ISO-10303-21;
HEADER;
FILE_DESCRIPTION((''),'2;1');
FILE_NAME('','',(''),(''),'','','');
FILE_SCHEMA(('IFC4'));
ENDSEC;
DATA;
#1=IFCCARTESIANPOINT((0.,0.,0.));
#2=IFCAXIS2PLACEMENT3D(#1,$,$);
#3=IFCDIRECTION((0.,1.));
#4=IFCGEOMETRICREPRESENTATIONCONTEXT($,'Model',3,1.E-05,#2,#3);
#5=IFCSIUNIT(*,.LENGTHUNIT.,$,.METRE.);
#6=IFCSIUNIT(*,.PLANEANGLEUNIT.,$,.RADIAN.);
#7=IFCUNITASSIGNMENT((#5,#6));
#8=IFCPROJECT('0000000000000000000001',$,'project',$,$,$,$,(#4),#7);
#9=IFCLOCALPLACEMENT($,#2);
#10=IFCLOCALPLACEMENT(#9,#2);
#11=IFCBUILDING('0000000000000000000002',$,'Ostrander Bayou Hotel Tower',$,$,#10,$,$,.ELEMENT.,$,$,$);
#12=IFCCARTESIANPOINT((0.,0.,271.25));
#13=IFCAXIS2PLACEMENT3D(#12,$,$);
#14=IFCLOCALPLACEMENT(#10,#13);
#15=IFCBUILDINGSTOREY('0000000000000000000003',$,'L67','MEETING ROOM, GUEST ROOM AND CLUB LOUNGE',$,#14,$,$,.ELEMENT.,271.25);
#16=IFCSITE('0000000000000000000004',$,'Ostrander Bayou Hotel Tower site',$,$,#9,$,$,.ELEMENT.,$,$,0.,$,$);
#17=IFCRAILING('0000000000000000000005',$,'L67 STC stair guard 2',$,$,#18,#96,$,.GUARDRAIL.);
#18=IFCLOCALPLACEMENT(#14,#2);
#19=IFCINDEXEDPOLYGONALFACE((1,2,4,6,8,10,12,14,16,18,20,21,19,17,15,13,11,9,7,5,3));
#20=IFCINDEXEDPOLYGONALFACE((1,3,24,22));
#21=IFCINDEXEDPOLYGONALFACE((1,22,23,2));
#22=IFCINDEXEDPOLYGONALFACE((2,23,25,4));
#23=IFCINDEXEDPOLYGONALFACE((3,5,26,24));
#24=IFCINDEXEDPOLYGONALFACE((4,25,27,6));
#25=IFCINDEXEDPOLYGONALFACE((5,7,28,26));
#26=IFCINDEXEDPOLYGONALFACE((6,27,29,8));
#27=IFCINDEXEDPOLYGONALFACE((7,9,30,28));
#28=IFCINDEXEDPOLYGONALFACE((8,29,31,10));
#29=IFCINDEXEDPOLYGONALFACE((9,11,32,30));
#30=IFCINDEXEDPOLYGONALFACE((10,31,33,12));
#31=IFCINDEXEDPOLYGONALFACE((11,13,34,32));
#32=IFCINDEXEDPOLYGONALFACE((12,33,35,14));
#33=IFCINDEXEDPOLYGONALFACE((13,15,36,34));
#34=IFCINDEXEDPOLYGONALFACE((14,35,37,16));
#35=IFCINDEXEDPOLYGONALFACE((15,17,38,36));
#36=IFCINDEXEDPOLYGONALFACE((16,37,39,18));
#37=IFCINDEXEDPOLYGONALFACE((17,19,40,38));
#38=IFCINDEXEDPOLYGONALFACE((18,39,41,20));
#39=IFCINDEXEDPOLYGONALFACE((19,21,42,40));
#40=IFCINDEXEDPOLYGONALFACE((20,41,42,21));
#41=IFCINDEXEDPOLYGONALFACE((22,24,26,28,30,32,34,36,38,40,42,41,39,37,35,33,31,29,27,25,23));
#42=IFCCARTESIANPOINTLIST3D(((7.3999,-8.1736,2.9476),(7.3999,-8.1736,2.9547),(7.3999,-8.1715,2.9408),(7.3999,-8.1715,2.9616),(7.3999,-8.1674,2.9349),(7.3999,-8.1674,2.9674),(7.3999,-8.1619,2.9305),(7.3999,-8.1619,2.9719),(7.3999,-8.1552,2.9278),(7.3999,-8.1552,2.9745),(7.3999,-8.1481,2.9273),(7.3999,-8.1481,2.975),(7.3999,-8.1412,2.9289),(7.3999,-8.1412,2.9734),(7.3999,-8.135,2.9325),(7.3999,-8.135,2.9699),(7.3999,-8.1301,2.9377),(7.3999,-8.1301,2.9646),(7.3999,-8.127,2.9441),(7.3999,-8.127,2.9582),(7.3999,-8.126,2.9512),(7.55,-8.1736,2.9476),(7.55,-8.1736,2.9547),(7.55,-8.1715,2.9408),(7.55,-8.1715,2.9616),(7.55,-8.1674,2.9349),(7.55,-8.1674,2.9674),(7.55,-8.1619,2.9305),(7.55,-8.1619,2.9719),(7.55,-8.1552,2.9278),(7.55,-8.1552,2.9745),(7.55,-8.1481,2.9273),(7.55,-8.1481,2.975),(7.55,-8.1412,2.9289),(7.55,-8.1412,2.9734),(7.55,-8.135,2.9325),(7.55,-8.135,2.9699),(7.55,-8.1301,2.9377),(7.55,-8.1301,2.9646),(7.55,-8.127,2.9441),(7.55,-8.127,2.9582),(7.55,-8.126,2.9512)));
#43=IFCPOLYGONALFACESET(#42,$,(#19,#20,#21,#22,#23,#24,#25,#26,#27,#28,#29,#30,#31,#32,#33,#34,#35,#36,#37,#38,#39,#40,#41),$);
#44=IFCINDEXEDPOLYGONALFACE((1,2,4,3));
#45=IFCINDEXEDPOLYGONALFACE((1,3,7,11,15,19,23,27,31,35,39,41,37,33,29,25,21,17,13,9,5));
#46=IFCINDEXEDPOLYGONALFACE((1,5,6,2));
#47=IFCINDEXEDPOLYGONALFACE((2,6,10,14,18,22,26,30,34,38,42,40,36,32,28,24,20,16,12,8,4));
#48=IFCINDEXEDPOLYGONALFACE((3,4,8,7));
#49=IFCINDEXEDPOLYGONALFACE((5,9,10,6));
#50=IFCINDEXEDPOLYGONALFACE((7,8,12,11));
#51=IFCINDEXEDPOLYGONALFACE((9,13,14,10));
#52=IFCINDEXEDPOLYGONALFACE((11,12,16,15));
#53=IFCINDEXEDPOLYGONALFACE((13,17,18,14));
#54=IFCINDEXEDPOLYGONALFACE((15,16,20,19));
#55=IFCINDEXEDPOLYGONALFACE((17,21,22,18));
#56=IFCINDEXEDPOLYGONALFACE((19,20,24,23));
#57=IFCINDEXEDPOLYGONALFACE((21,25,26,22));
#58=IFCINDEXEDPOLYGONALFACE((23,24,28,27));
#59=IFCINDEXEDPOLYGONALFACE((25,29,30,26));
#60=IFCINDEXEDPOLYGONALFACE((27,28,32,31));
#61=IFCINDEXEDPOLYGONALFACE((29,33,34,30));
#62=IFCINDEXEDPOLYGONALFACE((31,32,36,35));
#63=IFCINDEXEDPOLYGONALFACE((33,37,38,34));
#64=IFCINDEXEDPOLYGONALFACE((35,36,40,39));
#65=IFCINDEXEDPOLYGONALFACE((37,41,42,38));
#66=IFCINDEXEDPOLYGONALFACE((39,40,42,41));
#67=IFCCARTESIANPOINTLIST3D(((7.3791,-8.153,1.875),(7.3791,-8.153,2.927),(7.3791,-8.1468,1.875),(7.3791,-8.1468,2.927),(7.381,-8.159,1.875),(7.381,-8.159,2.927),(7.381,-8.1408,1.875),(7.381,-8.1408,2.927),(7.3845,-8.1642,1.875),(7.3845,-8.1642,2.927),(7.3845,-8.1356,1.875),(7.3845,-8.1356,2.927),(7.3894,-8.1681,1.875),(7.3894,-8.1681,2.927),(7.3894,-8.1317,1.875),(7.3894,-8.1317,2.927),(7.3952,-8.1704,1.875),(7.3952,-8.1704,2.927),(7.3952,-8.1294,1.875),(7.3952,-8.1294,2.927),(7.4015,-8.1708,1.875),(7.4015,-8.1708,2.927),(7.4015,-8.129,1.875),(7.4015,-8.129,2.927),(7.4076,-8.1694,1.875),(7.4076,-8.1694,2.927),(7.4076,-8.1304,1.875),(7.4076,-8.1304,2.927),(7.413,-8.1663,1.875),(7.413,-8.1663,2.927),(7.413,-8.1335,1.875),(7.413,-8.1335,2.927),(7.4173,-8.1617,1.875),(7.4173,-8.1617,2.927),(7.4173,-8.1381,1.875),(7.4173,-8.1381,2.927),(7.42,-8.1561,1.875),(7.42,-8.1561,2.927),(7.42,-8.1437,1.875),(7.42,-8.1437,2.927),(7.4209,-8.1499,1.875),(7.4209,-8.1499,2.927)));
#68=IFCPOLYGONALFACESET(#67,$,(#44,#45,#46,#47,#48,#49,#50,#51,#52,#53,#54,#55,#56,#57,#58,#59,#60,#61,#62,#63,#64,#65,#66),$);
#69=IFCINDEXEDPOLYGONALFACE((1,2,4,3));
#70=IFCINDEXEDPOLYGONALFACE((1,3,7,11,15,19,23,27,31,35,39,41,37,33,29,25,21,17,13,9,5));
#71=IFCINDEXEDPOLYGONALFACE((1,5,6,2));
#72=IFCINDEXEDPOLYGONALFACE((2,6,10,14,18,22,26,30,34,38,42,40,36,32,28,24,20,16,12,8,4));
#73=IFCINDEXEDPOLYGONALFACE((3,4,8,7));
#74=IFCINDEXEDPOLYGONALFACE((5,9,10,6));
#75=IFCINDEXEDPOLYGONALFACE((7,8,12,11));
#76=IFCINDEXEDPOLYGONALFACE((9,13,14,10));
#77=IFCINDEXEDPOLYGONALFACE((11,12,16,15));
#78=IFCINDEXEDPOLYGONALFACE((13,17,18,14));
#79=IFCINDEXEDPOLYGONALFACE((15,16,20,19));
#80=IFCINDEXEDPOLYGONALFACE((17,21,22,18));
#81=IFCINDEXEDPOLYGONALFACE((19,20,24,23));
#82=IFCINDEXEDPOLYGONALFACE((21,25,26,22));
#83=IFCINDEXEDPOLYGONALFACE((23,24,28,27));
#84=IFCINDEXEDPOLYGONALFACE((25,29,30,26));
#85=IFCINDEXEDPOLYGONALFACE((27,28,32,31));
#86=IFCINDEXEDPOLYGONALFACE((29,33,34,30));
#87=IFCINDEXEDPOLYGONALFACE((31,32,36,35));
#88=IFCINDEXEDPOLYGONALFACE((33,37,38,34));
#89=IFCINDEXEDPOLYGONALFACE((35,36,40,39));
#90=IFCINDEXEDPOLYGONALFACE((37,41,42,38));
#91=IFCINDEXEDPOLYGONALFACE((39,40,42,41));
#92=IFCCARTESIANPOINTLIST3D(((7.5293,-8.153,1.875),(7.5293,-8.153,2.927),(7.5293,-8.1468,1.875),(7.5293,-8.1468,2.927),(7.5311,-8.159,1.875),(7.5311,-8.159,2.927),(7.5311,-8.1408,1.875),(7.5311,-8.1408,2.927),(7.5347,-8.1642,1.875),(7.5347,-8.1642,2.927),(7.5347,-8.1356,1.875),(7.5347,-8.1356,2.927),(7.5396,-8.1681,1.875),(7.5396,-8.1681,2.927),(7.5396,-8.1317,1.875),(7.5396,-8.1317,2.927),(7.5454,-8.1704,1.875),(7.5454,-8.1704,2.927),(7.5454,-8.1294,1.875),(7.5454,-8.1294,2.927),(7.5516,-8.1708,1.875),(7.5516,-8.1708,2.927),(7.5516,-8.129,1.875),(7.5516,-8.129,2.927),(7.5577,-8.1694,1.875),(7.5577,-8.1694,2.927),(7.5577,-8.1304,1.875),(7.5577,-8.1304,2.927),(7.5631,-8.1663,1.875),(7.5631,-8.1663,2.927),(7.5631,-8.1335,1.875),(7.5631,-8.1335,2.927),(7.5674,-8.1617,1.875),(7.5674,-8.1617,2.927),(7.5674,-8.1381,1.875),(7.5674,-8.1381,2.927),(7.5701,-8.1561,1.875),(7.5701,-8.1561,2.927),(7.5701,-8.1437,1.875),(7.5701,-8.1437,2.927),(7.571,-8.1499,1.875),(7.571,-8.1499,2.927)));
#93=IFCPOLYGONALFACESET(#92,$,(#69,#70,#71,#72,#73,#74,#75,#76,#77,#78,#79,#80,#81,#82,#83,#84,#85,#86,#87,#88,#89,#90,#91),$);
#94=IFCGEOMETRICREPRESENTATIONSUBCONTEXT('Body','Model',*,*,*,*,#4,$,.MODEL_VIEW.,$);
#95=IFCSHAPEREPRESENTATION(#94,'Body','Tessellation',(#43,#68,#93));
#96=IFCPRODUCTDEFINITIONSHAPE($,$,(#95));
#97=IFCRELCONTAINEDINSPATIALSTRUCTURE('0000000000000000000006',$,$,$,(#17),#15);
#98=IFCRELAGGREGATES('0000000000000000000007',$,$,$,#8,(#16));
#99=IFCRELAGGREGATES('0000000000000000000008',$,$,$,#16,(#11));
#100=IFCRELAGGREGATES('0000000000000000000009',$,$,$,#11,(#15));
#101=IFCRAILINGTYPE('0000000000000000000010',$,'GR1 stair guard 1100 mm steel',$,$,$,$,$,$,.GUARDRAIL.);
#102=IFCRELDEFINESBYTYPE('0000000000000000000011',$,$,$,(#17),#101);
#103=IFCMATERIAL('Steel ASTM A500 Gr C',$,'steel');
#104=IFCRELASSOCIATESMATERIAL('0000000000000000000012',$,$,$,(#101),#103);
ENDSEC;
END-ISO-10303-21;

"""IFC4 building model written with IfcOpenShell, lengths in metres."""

from ifc_helpers import new_model, si_unit, direction, frame, origin, origin_2d, place, context, subcontext, project, spatial, circle, extrude, material, type_object, element, save


model = new_model("IFC4")

# Units and contexts
model_context = context("Model", 3, precision=1e-05, world=origin(), true_north=direction((0.0, 1.0)))
body_context = subcontext(model_context, "Body", "Model", "MODEL_VIEW")
ifc_project = project(units=[si_unit("LENGTHUNIT", "METRE"), si_unit("PLANEANGLEUNIT", "RADIAN")], contexts=[model_context])

# Site, building, storey
site_placement = place(None, origin())
site = spatial("IfcSite", under=ifc_project, at=site_placement, Name="Ostrander Bayou Hotel Tower site", CompositionType="ELEMENT", RefElevation=0.0)
building_placement = place(site_placement, origin())
building = spatial("IfcBuilding", under=site, at=building_placement, Name="Ostrander Bayou Hotel Tower", CompositionType="ELEMENT")
storey_placement = place(building_placement, frame((0.0, 0.0, 271.25)))
storey = spatial("IfcBuildingStorey", under=building, at=storey_placement, Name="L67", Description="MEETING ROOM, GUEST ROOM AND CLUB LOUNGE", CompositionType="ELEMENT", Elevation=271.25)

# Railing
ifc_material_1 = material(Name="Steel ASTM A500 Gr C", Category="steel")
railing_type_1 = type_object("IfcRailingType", Name="GR1 stair guard 1100 mm steel", PredefinedType="GUARDRAIL", material=ifc_material_1)
railing_1_placement = place(storey_placement, frame((7.3999, -8.1499, 1.875)))
element("IfcRailing", 1, at=railing_1_placement, inside=storey, type_object=railing_type_1, Name="L67 STC stair guard 2", PredefinedType="GUARDRAIL", context=body_context, shape_type="SweptSolid", body=[
    extrude(circle(Radius=0.0239, at=origin_2d()), frame((0.0, 0.0, 1.0762), z_axis=(1.0, 0.0, 0.0), x_axis=(0.0, 1.0, 0.0)), (0.0, 0.0, 1.0), 0.1501),
    extrude(circle(Radius=0.021, at=origin_2d()), origin(), (0.0, 0.0, 1.0), 1.052),
    extrude(circle(Radius=0.021, at=origin_2d()), frame((0.1501, 0.0, 0.0)), (0.0, 0.0, 1.0), 1.052),
])

save(model, "model.ifc")
